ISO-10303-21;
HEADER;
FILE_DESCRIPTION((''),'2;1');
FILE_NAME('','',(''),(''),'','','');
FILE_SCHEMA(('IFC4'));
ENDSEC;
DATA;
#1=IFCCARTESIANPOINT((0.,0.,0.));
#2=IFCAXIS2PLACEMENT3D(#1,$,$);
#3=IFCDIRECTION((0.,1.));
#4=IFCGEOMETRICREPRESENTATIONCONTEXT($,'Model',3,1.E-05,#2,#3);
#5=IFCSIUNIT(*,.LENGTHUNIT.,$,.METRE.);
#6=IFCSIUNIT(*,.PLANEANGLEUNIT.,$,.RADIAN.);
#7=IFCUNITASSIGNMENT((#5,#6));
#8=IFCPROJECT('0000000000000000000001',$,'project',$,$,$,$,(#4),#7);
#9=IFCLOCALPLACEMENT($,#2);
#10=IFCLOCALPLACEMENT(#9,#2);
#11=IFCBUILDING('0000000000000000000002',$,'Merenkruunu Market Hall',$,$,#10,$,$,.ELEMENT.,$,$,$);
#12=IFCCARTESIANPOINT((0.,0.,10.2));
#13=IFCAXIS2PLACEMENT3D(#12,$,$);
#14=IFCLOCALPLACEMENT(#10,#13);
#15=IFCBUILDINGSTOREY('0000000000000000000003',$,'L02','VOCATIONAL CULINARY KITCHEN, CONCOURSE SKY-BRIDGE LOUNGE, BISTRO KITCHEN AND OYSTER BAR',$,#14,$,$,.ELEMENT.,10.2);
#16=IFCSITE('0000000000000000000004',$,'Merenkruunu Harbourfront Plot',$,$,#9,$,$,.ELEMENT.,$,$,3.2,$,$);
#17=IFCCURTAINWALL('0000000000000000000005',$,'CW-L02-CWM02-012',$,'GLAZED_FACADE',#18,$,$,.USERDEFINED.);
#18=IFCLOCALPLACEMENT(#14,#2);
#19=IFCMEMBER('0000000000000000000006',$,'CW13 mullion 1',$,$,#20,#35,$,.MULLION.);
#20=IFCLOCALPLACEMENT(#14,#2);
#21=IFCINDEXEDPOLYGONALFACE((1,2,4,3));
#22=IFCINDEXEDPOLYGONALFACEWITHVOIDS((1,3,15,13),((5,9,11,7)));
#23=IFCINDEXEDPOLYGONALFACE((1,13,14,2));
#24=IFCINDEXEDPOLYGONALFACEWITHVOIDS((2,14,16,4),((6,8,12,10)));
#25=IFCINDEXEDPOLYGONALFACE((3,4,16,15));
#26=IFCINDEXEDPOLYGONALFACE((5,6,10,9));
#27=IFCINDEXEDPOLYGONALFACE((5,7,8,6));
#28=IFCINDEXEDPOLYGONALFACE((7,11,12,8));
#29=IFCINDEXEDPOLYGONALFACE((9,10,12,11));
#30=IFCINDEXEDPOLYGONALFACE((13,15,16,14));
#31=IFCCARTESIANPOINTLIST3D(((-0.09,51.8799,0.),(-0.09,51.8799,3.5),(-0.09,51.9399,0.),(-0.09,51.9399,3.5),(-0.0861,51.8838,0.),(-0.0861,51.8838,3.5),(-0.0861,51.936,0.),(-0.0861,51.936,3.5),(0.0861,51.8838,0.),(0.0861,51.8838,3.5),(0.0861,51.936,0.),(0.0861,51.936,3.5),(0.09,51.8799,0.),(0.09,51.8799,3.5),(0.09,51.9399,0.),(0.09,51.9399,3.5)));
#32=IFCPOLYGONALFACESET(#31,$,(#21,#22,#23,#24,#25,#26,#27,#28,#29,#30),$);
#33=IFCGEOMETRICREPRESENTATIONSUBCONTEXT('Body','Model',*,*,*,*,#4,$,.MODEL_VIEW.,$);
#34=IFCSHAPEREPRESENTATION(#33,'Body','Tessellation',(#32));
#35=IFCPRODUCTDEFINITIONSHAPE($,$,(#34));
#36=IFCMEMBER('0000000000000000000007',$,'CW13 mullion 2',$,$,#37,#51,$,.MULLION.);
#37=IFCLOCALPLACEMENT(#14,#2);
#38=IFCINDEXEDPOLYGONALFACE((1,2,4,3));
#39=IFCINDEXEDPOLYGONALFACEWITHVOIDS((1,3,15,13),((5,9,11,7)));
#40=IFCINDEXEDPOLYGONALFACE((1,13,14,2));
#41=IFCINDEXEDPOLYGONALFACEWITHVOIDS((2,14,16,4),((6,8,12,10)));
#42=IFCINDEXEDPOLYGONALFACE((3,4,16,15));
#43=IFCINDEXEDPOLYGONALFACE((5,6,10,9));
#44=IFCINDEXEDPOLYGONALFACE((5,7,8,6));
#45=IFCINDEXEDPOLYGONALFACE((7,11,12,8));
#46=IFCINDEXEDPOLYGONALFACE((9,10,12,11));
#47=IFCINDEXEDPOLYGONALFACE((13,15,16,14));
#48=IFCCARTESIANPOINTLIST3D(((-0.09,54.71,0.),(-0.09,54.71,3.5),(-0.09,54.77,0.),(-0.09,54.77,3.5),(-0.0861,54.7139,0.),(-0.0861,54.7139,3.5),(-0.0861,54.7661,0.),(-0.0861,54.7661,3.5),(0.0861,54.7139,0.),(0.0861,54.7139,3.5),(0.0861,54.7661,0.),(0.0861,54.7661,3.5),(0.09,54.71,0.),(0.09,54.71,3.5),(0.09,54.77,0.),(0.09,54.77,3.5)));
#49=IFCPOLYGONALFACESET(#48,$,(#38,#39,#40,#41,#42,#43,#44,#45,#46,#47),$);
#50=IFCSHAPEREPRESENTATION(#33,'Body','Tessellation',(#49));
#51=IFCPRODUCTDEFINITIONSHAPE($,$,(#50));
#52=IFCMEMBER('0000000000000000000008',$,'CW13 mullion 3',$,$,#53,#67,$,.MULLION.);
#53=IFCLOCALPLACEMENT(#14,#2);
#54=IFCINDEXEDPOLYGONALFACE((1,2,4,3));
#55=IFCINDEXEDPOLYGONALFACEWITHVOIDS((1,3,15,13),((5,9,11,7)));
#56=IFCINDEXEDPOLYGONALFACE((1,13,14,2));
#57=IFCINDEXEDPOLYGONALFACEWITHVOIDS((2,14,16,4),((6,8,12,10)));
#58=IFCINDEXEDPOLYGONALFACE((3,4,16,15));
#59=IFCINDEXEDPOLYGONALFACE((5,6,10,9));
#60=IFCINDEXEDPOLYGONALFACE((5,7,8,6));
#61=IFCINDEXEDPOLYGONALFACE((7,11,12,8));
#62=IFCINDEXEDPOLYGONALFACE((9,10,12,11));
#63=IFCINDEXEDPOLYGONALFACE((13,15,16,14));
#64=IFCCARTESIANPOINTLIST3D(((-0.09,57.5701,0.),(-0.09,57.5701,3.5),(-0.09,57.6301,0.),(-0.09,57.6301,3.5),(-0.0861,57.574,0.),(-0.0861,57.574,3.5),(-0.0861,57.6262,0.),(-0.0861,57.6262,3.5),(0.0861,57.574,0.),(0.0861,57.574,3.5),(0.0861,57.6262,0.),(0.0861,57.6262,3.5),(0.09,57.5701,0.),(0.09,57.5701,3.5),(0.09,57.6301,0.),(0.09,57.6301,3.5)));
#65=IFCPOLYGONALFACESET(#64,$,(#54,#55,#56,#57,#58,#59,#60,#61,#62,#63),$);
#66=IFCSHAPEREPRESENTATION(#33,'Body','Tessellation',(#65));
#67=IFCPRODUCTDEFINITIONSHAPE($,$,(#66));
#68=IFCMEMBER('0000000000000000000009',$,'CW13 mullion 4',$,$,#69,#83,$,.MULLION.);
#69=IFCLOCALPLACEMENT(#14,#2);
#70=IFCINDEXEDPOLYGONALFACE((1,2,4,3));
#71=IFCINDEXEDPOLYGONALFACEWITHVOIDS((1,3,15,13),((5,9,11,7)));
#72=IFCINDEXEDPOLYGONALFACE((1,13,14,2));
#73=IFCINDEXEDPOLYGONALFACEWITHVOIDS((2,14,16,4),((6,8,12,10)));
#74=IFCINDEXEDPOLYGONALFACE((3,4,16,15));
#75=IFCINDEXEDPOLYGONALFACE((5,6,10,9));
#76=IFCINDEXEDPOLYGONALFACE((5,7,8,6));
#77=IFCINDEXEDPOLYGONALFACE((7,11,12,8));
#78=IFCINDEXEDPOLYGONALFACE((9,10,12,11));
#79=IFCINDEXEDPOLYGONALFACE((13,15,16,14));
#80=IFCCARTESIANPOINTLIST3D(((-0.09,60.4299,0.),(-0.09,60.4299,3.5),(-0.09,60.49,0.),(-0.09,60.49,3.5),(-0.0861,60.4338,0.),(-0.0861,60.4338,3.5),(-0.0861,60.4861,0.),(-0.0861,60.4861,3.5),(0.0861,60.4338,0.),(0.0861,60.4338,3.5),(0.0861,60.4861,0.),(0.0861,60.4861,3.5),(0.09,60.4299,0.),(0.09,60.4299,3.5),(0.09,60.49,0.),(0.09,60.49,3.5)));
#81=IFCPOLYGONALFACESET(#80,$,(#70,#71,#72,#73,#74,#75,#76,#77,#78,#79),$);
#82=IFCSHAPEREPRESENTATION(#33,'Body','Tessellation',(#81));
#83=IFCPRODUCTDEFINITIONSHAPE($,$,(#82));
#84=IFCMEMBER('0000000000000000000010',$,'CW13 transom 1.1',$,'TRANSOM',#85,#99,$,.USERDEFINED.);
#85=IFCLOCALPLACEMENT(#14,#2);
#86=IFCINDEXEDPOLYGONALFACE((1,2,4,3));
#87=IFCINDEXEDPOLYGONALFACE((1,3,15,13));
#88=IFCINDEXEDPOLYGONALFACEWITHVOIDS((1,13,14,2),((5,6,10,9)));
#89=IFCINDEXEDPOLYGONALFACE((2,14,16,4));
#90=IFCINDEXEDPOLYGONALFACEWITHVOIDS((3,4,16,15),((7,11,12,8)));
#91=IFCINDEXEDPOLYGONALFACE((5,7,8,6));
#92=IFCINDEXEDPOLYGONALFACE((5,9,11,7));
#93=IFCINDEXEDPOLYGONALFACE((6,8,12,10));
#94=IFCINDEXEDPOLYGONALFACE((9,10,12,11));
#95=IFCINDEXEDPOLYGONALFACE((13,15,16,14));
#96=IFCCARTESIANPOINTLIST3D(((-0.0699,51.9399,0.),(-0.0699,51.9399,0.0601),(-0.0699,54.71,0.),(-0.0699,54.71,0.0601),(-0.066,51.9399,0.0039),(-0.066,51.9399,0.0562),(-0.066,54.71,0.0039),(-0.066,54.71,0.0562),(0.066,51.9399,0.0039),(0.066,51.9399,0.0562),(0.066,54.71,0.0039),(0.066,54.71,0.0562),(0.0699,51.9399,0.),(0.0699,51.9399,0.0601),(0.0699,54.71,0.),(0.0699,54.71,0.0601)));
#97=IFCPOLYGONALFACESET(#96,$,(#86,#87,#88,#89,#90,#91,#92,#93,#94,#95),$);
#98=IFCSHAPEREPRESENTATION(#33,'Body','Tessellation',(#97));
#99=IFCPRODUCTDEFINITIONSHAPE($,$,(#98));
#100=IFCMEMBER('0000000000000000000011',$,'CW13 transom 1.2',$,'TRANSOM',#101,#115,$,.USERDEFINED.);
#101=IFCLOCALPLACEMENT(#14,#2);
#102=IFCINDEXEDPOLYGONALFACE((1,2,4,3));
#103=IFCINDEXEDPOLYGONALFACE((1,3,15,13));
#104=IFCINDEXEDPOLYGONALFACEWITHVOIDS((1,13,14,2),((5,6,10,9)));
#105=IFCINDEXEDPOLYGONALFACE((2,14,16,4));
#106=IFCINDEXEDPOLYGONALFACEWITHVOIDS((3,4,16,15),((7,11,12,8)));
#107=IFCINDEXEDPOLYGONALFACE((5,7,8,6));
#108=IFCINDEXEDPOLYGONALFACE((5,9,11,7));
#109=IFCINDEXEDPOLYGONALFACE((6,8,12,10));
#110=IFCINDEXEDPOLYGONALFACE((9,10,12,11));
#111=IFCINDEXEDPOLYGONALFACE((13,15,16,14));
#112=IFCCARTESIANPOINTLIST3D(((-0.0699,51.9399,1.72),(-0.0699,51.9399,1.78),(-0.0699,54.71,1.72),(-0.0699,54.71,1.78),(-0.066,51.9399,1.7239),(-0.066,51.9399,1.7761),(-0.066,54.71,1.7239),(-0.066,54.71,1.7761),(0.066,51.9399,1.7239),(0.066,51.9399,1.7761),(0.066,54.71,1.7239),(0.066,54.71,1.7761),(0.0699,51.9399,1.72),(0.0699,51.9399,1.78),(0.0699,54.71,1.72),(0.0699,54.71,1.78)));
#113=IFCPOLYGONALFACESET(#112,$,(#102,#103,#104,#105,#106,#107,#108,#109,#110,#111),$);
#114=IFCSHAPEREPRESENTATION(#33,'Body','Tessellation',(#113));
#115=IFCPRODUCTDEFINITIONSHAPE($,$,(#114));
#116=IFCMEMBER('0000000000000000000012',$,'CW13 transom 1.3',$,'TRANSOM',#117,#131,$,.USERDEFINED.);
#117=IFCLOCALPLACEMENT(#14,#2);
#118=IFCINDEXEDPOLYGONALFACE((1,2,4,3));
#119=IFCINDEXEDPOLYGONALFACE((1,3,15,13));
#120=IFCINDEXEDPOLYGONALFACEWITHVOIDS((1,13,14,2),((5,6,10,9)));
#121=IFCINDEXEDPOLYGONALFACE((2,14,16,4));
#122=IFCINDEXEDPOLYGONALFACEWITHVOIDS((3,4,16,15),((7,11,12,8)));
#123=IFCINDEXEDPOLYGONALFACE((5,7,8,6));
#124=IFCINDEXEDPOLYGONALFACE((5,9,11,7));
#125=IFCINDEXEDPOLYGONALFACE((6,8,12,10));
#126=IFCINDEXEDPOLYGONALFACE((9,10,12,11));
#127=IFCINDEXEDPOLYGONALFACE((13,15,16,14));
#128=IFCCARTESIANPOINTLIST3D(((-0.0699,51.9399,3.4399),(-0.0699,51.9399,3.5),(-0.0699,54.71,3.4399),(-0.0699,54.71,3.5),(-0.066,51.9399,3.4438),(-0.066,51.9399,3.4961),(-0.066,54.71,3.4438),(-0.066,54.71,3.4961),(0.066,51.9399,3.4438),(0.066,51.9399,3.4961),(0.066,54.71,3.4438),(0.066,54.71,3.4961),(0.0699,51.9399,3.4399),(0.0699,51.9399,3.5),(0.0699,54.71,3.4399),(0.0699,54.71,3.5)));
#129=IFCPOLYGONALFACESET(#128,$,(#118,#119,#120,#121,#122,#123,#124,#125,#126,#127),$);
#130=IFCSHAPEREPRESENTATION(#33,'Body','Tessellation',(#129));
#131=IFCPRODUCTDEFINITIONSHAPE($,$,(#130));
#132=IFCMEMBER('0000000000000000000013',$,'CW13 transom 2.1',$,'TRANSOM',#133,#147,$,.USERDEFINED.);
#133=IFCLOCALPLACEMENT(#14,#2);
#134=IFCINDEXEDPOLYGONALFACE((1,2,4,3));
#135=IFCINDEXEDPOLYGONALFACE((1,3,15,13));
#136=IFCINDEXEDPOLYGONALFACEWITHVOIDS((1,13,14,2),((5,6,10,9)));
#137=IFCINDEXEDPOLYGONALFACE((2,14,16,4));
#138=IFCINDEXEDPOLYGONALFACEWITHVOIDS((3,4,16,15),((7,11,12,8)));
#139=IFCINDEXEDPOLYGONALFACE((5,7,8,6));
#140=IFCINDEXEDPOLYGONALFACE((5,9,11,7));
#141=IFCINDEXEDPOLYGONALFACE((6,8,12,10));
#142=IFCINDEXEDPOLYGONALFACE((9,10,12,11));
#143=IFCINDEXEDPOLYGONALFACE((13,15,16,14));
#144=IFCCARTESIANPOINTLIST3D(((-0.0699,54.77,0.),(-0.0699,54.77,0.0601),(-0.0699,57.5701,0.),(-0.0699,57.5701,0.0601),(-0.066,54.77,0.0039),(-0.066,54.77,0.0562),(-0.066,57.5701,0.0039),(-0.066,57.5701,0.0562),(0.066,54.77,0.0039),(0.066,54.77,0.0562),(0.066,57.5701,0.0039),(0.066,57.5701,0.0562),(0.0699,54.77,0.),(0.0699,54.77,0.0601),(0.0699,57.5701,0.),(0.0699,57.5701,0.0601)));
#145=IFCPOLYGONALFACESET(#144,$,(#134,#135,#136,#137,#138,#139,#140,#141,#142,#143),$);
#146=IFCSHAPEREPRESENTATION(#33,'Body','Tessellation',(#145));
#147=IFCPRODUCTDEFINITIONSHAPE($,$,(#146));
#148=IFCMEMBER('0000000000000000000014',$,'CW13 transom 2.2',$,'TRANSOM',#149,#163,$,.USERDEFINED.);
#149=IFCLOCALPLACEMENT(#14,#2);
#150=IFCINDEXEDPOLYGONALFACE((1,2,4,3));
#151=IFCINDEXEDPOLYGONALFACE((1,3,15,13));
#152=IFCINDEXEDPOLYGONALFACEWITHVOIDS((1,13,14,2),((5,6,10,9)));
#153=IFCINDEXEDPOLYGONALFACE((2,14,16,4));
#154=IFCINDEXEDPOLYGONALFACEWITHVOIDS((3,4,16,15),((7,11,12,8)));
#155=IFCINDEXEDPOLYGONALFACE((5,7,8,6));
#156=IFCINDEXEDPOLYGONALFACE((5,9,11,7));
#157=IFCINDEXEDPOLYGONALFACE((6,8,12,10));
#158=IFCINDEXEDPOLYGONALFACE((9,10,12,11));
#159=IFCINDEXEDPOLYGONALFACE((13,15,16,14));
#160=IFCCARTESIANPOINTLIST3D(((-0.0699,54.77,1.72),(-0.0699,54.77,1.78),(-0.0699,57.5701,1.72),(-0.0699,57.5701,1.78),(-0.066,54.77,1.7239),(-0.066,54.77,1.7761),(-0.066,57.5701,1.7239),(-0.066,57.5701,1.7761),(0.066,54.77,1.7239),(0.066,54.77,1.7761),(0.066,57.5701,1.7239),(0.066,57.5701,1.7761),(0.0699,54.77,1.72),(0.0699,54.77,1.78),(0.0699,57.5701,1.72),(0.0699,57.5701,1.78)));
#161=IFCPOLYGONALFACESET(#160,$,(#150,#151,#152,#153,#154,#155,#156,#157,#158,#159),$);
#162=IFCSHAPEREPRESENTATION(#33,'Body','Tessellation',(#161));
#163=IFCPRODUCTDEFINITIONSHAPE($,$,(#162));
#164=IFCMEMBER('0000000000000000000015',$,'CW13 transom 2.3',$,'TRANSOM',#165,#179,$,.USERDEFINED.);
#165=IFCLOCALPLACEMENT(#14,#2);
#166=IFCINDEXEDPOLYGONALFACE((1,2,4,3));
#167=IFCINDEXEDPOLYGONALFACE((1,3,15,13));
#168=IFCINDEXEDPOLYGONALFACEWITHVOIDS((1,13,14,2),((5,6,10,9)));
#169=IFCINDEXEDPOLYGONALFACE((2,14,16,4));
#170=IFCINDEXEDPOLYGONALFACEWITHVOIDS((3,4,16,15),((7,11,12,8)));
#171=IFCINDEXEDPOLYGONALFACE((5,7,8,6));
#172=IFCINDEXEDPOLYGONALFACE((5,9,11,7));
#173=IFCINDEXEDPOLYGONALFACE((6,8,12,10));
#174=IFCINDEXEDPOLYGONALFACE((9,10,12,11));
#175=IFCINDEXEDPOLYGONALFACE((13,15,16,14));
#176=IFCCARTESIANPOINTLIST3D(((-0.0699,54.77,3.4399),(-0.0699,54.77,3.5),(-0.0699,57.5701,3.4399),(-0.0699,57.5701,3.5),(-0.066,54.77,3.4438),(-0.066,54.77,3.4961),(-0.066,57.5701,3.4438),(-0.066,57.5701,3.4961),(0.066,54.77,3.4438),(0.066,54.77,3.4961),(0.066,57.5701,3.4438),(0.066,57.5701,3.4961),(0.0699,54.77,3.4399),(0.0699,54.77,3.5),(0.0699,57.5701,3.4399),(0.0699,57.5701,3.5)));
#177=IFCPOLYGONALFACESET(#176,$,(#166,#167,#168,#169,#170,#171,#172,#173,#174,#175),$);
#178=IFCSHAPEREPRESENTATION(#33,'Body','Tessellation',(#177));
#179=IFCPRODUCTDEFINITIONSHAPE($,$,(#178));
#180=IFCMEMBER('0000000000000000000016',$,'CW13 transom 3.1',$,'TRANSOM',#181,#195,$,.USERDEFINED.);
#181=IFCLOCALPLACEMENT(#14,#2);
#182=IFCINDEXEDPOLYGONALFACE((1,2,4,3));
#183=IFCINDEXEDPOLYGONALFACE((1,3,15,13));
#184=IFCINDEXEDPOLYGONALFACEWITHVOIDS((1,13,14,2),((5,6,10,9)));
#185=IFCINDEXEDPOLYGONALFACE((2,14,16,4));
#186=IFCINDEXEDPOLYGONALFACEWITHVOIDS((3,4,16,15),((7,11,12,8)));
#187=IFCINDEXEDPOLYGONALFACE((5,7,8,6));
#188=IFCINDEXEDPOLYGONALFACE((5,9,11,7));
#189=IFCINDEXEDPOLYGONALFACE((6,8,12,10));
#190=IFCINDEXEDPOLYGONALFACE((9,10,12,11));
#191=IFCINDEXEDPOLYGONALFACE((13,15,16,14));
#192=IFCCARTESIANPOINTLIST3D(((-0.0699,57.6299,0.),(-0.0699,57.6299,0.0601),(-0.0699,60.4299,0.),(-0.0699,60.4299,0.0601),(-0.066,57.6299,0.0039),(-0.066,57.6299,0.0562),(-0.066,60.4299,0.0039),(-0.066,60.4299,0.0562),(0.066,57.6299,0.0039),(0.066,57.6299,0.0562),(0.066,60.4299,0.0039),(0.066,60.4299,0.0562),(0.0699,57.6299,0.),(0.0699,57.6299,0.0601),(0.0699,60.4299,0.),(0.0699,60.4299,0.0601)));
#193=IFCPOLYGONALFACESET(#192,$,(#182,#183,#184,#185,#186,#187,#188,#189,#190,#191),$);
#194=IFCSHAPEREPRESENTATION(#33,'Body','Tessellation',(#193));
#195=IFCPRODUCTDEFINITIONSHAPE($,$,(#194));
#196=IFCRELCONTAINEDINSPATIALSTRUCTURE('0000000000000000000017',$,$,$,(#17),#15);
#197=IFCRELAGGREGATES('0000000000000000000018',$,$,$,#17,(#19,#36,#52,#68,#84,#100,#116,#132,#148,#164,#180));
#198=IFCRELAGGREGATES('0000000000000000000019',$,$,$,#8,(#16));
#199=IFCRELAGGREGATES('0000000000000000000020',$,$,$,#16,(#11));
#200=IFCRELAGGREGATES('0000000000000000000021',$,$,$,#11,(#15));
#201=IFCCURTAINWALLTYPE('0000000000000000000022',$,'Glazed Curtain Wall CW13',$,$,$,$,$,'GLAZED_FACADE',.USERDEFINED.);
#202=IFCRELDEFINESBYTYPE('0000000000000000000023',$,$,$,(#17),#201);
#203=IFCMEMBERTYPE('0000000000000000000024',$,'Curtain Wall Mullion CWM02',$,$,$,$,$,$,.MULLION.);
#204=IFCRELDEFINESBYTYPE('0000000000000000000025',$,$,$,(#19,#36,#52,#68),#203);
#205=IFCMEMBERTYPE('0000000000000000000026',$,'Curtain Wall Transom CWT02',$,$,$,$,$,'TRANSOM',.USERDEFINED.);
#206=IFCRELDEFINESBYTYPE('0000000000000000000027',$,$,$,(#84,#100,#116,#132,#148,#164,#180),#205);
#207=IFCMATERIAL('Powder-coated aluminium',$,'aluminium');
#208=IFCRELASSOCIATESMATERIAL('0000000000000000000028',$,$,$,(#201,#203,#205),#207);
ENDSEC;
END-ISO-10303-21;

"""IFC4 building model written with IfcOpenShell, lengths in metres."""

from ifc_helpers import new_model, si_unit, direction, frame, origin, origin_2d, place, context, subcontext, project, spatial, hollow_rectangle, extrude, material, material_profile, profile_set, type_object, element, aggregate, save


model = new_model("IFC4")

# Units and contexts
model_context = context("Model", 3, precision=1e-05, world=origin(), true_north=direction((0.0, 1.0)))
body_context = subcontext(model_context, "Body", "Model", "MODEL_VIEW")
ifc_project = project(units=[si_unit("LENGTHUNIT", "METRE"), si_unit("PLANEANGLEUNIT", "RADIAN")], contexts=[model_context])

# Site, building, storey
site_placement = place(None, origin())
site = spatial("IfcSite", under=ifc_project, at=site_placement, Name="Merenkruunu Harbourfront Plot", CompositionType="ELEMENT", RefElevation=3.2)
building_placement = place(site_placement, origin())
building = spatial("IfcBuilding", under=site, at=building_placement, Name="Merenkruunu Market Hall", CompositionType="ELEMENT")
storey_placement = place(building_placement, frame((0.0, 0.0, 10.2)))
storey = spatial("IfcBuildingStorey", under=building, at=storey_placement, Name="L02", Description="VOCATIONAL CULINARY KITCHEN, CONCOURSE SKY-BRIDGE LOUNGE, BISTRO KITCHEN AND OYSTER BAR", CompositionType="ELEMENT", Elevation=10.2)

# Curtain wall, members
ifc_material_1 = material(Name="Powder-coated aluminium", Category="aluminium")
curtain_wall_type = type_object("IfcCurtainWallType", Name="Glazed Curtain Wall CW13", ElementType="GLAZED_FACADE", PredefinedType="USERDEFINED", material=ifc_material_1)
curtain_wall_placement = place(storey_placement, origin())
curtain_wall = element("IfcCurtainWall", 1, at=curtain_wall_placement, inside=storey, type_object=curtain_wall_type, Name="CW-L02-CWM02-012", ObjectType="GLAZED_FACADE", PredefinedType="USERDEFINED")
ifc_material_profile_1 = material_profile(ifc_material_1, hollow_rectangle(XDim=0.0601, YDim=0.1799, WallThickness=0.0039, at=origin_2d()), Name="ALU 60x180x4")
ifc_profile_set_1 = profile_set([ifc_material_profile_1], Name="Powder-coated aluminium")
member_type_1 = type_object("IfcMemberType", Name="Curtain Wall Mullion CWM02", PredefinedType="MULLION", material=ifc_profile_set_1)
member_1_placement = place(storey_placement, frame((0.0, 51.9099, 0.0), z_axis=(0.0, 0.0, 1.0), x_axis=(0.0, 1.0, 0.0)))
member_1 = element("IfcMember", 2, at=member_1_placement, type_object=member_type_1, Name="CW13 mullion 1", PredefinedType="MULLION", context=body_context, shape_type="SweptSolid", body=[
    extrude(hollow_rectangle(XDim=0.0601, YDim=0.1799, WallThickness=0.0039, at=origin_2d()), origin(), (0.0, 0.0, 1.0), 3.5),
])
member_2_placement = place(storey_placement, frame((0.0, 54.74, 0.0), z_axis=(0.0, 0.0, 1.0), x_axis=(0.0, 1.0, 0.0)))
member_2 = element("IfcMember", 3, at=member_2_placement, type_object=member_type_1, Name="CW13 mullion 2", PredefinedType="MULLION", context=body_context, shape_type="SweptSolid", body=[
    extrude(hollow_rectangle(XDim=0.0601, YDim=0.1799, WallThickness=0.0039, at=origin_2d()), origin(), (0.0, 0.0, 1.0), 3.5),
])
member_3_placement = place(storey_placement, frame((0.0, 57.6001, 0.0), z_axis=(0.0, 0.0, 1.0), x_axis=(0.0, 1.0, 0.0)))
member_3 = element("IfcMember", 4, at=member_3_placement, type_object=member_type_1, Name="CW13 mullion 3", PredefinedType="MULLION", context=body_context, shape_type="SweptSolid", body=[
    extrude(hollow_rectangle(XDim=0.0601, YDim=0.1799, WallThickness=0.0039, at=origin_2d()), origin(), (0.0, 0.0, 1.0), 3.5),
])
member_4_placement = place(storey_placement, frame((0.0, 60.46, 0.0), z_axis=(0.0, 0.0, 1.0), x_axis=(0.0, 1.0, 0.0)))
member_4 = element("IfcMember", 5, at=member_4_placement, type_object=member_type_1, Name="CW13 mullion 4", PredefinedType="MULLION", context=body_context, shape_type="SweptSolid", body=[
    extrude(hollow_rectangle(XDim=0.0601, YDim=0.1799, WallThickness=0.0039, at=origin_2d()), origin(), (0.0, 0.0, 1.0), 3.5),
])
ifc_material_profile_2 = material_profile(ifc_material_1, hollow_rectangle(XDim=0.0601, YDim=0.1399, WallThickness=0.0039, at=origin_2d()), Name="ALU 60x140x4")
ifc_profile_set_2 = profile_set([ifc_material_profile_2], Name="Powder-coated aluminium")
member_type_2 = type_object("IfcMemberType", Name="Curtain Wall Transom CWT02", ElementType="TRANSOM", PredefinedType="USERDEFINED", material=ifc_profile_set_2)
member_5_placement = place(storey_placement, frame((0.0, 51.9399, 0.03), z_axis=(0.0, 1.0, 0.0), x_axis=(0.0, 0.0, 1.0)))
member_5 = element("IfcMember", 6, at=member_5_placement, type_object=member_type_2, Name="CW13 transom 1.1", ObjectType="TRANSOM", PredefinedType="USERDEFINED", context=body_context, shape_type="SweptSolid", body=[
    extrude(hollow_rectangle(XDim=0.0601, YDim=0.1399, WallThickness=0.0039, at=origin_2d()), origin(), (0.0, 0.0, 1.0), 2.77),
])
member_6_placement = place(storey_placement, frame((0.0, 51.9399, 1.75), z_axis=(0.0, 1.0, 0.0), x_axis=(0.0, 0.0, 1.0)))
member_6 = element("IfcMember", 7, at=member_6_placement, type_object=member_type_2, Name="CW13 transom 1.2", ObjectType="TRANSOM", PredefinedType="USERDEFINED", context=body_context, shape_type="SweptSolid", body=[
    extrude(hollow_rectangle(XDim=0.0601, YDim=0.1399, WallThickness=0.0039, at=origin_2d()), origin(), (0.0, 0.0, 1.0), 2.77),
])
member_7_placement = place(storey_placement, frame((0.0, 51.9399, 3.47), z_axis=(0.0, 1.0, 0.0), x_axis=(0.0, 0.0, 1.0)))
member_7 = element("IfcMember", 8, at=member_7_placement, type_object=member_type_2, Name="CW13 transom 1.3", ObjectType="TRANSOM", PredefinedType="USERDEFINED", context=body_context, shape_type="SweptSolid", body=[
    extrude(hollow_rectangle(XDim=0.0601, YDim=0.1399, WallThickness=0.0039, at=origin_2d()), origin(), (0.0, 0.0, 1.0), 2.77),
])
member_8_placement = place(storey_placement, frame((0.0, 54.77, 0.03), z_axis=(0.0, 1.0, 0.0), x_axis=(0.0, 0.0, 1.0)))
member_8 = element("IfcMember", 9, at=member_8_placement, type_object=member_type_2, Name="CW13 transom 2.1", ObjectType="TRANSOM", PredefinedType="USERDEFINED", context=body_context, shape_type="SweptSolid", body=[
    extrude(hollow_rectangle(XDim=0.0601, YDim=0.1399, WallThickness=0.0039, at=origin_2d()), origin(), (0.0, 0.0, 1.0), 2.8),
])
member_9_placement = place(storey_placement, frame((0.0, 54.77, 1.75), z_axis=(0.0, 1.0, 0.0), x_axis=(0.0, 0.0, 1.0)))
member_9 = element("IfcMember", 10, at=member_9_placement, type_object=member_type_2, Name="CW13 transom 2.2", ObjectType="TRANSOM", PredefinedType="USERDEFINED", context=body_context, shape_type="SweptSolid", body=[
    extrude(hollow_rectangle(XDim=0.0601, YDim=0.1399, WallThickness=0.0039, at=origin_2d()), origin(), (0.0, 0.0, 1.0), 2.8),
])
member_10_placement = place(storey_placement, frame((0.0, 54.77, 3.47), z_axis=(0.0, 1.0, 0.0), x_axis=(0.0, 0.0, 1.0)))
member_10 = element("IfcMember", 11, at=member_10_placement, type_object=member_type_2, Name="CW13 transom 2.3", ObjectType="TRANSOM", PredefinedType="USERDEFINED", context=body_context, shape_type="SweptSolid", body=[
    extrude(hollow_rectangle(XDim=0.0601, YDim=0.1399, WallThickness=0.0039, at=origin_2d()), origin(), (0.0, 0.0, 1.0), 2.8),
])
member_11_placement = place(storey_placement, frame((0.0, 57.6299, 0.03), z_axis=(0.0, 1.0, 0.0), x_axis=(0.0, 0.0, 1.0)))
member_11 = element("IfcMember", 12, at=member_11_placement, type_object=member_type_2, Name="CW13 transom 3.1", ObjectType="TRANSOM", PredefinedType="USERDEFINED", context=body_context, shape_type="SweptSolid", body=[
    extrude(hollow_rectangle(XDim=0.0601, YDim=0.1399, WallThickness=0.0039, at=origin_2d()), origin(), (0.0, 0.0, 1.0), 2.8),
])
aggregate(curtain_wall, [member_1, member_2, member_3, member_4, member_5, member_6, member_7, member_8, member_9, member_10, member_11])

save(model, "model.ifc")
